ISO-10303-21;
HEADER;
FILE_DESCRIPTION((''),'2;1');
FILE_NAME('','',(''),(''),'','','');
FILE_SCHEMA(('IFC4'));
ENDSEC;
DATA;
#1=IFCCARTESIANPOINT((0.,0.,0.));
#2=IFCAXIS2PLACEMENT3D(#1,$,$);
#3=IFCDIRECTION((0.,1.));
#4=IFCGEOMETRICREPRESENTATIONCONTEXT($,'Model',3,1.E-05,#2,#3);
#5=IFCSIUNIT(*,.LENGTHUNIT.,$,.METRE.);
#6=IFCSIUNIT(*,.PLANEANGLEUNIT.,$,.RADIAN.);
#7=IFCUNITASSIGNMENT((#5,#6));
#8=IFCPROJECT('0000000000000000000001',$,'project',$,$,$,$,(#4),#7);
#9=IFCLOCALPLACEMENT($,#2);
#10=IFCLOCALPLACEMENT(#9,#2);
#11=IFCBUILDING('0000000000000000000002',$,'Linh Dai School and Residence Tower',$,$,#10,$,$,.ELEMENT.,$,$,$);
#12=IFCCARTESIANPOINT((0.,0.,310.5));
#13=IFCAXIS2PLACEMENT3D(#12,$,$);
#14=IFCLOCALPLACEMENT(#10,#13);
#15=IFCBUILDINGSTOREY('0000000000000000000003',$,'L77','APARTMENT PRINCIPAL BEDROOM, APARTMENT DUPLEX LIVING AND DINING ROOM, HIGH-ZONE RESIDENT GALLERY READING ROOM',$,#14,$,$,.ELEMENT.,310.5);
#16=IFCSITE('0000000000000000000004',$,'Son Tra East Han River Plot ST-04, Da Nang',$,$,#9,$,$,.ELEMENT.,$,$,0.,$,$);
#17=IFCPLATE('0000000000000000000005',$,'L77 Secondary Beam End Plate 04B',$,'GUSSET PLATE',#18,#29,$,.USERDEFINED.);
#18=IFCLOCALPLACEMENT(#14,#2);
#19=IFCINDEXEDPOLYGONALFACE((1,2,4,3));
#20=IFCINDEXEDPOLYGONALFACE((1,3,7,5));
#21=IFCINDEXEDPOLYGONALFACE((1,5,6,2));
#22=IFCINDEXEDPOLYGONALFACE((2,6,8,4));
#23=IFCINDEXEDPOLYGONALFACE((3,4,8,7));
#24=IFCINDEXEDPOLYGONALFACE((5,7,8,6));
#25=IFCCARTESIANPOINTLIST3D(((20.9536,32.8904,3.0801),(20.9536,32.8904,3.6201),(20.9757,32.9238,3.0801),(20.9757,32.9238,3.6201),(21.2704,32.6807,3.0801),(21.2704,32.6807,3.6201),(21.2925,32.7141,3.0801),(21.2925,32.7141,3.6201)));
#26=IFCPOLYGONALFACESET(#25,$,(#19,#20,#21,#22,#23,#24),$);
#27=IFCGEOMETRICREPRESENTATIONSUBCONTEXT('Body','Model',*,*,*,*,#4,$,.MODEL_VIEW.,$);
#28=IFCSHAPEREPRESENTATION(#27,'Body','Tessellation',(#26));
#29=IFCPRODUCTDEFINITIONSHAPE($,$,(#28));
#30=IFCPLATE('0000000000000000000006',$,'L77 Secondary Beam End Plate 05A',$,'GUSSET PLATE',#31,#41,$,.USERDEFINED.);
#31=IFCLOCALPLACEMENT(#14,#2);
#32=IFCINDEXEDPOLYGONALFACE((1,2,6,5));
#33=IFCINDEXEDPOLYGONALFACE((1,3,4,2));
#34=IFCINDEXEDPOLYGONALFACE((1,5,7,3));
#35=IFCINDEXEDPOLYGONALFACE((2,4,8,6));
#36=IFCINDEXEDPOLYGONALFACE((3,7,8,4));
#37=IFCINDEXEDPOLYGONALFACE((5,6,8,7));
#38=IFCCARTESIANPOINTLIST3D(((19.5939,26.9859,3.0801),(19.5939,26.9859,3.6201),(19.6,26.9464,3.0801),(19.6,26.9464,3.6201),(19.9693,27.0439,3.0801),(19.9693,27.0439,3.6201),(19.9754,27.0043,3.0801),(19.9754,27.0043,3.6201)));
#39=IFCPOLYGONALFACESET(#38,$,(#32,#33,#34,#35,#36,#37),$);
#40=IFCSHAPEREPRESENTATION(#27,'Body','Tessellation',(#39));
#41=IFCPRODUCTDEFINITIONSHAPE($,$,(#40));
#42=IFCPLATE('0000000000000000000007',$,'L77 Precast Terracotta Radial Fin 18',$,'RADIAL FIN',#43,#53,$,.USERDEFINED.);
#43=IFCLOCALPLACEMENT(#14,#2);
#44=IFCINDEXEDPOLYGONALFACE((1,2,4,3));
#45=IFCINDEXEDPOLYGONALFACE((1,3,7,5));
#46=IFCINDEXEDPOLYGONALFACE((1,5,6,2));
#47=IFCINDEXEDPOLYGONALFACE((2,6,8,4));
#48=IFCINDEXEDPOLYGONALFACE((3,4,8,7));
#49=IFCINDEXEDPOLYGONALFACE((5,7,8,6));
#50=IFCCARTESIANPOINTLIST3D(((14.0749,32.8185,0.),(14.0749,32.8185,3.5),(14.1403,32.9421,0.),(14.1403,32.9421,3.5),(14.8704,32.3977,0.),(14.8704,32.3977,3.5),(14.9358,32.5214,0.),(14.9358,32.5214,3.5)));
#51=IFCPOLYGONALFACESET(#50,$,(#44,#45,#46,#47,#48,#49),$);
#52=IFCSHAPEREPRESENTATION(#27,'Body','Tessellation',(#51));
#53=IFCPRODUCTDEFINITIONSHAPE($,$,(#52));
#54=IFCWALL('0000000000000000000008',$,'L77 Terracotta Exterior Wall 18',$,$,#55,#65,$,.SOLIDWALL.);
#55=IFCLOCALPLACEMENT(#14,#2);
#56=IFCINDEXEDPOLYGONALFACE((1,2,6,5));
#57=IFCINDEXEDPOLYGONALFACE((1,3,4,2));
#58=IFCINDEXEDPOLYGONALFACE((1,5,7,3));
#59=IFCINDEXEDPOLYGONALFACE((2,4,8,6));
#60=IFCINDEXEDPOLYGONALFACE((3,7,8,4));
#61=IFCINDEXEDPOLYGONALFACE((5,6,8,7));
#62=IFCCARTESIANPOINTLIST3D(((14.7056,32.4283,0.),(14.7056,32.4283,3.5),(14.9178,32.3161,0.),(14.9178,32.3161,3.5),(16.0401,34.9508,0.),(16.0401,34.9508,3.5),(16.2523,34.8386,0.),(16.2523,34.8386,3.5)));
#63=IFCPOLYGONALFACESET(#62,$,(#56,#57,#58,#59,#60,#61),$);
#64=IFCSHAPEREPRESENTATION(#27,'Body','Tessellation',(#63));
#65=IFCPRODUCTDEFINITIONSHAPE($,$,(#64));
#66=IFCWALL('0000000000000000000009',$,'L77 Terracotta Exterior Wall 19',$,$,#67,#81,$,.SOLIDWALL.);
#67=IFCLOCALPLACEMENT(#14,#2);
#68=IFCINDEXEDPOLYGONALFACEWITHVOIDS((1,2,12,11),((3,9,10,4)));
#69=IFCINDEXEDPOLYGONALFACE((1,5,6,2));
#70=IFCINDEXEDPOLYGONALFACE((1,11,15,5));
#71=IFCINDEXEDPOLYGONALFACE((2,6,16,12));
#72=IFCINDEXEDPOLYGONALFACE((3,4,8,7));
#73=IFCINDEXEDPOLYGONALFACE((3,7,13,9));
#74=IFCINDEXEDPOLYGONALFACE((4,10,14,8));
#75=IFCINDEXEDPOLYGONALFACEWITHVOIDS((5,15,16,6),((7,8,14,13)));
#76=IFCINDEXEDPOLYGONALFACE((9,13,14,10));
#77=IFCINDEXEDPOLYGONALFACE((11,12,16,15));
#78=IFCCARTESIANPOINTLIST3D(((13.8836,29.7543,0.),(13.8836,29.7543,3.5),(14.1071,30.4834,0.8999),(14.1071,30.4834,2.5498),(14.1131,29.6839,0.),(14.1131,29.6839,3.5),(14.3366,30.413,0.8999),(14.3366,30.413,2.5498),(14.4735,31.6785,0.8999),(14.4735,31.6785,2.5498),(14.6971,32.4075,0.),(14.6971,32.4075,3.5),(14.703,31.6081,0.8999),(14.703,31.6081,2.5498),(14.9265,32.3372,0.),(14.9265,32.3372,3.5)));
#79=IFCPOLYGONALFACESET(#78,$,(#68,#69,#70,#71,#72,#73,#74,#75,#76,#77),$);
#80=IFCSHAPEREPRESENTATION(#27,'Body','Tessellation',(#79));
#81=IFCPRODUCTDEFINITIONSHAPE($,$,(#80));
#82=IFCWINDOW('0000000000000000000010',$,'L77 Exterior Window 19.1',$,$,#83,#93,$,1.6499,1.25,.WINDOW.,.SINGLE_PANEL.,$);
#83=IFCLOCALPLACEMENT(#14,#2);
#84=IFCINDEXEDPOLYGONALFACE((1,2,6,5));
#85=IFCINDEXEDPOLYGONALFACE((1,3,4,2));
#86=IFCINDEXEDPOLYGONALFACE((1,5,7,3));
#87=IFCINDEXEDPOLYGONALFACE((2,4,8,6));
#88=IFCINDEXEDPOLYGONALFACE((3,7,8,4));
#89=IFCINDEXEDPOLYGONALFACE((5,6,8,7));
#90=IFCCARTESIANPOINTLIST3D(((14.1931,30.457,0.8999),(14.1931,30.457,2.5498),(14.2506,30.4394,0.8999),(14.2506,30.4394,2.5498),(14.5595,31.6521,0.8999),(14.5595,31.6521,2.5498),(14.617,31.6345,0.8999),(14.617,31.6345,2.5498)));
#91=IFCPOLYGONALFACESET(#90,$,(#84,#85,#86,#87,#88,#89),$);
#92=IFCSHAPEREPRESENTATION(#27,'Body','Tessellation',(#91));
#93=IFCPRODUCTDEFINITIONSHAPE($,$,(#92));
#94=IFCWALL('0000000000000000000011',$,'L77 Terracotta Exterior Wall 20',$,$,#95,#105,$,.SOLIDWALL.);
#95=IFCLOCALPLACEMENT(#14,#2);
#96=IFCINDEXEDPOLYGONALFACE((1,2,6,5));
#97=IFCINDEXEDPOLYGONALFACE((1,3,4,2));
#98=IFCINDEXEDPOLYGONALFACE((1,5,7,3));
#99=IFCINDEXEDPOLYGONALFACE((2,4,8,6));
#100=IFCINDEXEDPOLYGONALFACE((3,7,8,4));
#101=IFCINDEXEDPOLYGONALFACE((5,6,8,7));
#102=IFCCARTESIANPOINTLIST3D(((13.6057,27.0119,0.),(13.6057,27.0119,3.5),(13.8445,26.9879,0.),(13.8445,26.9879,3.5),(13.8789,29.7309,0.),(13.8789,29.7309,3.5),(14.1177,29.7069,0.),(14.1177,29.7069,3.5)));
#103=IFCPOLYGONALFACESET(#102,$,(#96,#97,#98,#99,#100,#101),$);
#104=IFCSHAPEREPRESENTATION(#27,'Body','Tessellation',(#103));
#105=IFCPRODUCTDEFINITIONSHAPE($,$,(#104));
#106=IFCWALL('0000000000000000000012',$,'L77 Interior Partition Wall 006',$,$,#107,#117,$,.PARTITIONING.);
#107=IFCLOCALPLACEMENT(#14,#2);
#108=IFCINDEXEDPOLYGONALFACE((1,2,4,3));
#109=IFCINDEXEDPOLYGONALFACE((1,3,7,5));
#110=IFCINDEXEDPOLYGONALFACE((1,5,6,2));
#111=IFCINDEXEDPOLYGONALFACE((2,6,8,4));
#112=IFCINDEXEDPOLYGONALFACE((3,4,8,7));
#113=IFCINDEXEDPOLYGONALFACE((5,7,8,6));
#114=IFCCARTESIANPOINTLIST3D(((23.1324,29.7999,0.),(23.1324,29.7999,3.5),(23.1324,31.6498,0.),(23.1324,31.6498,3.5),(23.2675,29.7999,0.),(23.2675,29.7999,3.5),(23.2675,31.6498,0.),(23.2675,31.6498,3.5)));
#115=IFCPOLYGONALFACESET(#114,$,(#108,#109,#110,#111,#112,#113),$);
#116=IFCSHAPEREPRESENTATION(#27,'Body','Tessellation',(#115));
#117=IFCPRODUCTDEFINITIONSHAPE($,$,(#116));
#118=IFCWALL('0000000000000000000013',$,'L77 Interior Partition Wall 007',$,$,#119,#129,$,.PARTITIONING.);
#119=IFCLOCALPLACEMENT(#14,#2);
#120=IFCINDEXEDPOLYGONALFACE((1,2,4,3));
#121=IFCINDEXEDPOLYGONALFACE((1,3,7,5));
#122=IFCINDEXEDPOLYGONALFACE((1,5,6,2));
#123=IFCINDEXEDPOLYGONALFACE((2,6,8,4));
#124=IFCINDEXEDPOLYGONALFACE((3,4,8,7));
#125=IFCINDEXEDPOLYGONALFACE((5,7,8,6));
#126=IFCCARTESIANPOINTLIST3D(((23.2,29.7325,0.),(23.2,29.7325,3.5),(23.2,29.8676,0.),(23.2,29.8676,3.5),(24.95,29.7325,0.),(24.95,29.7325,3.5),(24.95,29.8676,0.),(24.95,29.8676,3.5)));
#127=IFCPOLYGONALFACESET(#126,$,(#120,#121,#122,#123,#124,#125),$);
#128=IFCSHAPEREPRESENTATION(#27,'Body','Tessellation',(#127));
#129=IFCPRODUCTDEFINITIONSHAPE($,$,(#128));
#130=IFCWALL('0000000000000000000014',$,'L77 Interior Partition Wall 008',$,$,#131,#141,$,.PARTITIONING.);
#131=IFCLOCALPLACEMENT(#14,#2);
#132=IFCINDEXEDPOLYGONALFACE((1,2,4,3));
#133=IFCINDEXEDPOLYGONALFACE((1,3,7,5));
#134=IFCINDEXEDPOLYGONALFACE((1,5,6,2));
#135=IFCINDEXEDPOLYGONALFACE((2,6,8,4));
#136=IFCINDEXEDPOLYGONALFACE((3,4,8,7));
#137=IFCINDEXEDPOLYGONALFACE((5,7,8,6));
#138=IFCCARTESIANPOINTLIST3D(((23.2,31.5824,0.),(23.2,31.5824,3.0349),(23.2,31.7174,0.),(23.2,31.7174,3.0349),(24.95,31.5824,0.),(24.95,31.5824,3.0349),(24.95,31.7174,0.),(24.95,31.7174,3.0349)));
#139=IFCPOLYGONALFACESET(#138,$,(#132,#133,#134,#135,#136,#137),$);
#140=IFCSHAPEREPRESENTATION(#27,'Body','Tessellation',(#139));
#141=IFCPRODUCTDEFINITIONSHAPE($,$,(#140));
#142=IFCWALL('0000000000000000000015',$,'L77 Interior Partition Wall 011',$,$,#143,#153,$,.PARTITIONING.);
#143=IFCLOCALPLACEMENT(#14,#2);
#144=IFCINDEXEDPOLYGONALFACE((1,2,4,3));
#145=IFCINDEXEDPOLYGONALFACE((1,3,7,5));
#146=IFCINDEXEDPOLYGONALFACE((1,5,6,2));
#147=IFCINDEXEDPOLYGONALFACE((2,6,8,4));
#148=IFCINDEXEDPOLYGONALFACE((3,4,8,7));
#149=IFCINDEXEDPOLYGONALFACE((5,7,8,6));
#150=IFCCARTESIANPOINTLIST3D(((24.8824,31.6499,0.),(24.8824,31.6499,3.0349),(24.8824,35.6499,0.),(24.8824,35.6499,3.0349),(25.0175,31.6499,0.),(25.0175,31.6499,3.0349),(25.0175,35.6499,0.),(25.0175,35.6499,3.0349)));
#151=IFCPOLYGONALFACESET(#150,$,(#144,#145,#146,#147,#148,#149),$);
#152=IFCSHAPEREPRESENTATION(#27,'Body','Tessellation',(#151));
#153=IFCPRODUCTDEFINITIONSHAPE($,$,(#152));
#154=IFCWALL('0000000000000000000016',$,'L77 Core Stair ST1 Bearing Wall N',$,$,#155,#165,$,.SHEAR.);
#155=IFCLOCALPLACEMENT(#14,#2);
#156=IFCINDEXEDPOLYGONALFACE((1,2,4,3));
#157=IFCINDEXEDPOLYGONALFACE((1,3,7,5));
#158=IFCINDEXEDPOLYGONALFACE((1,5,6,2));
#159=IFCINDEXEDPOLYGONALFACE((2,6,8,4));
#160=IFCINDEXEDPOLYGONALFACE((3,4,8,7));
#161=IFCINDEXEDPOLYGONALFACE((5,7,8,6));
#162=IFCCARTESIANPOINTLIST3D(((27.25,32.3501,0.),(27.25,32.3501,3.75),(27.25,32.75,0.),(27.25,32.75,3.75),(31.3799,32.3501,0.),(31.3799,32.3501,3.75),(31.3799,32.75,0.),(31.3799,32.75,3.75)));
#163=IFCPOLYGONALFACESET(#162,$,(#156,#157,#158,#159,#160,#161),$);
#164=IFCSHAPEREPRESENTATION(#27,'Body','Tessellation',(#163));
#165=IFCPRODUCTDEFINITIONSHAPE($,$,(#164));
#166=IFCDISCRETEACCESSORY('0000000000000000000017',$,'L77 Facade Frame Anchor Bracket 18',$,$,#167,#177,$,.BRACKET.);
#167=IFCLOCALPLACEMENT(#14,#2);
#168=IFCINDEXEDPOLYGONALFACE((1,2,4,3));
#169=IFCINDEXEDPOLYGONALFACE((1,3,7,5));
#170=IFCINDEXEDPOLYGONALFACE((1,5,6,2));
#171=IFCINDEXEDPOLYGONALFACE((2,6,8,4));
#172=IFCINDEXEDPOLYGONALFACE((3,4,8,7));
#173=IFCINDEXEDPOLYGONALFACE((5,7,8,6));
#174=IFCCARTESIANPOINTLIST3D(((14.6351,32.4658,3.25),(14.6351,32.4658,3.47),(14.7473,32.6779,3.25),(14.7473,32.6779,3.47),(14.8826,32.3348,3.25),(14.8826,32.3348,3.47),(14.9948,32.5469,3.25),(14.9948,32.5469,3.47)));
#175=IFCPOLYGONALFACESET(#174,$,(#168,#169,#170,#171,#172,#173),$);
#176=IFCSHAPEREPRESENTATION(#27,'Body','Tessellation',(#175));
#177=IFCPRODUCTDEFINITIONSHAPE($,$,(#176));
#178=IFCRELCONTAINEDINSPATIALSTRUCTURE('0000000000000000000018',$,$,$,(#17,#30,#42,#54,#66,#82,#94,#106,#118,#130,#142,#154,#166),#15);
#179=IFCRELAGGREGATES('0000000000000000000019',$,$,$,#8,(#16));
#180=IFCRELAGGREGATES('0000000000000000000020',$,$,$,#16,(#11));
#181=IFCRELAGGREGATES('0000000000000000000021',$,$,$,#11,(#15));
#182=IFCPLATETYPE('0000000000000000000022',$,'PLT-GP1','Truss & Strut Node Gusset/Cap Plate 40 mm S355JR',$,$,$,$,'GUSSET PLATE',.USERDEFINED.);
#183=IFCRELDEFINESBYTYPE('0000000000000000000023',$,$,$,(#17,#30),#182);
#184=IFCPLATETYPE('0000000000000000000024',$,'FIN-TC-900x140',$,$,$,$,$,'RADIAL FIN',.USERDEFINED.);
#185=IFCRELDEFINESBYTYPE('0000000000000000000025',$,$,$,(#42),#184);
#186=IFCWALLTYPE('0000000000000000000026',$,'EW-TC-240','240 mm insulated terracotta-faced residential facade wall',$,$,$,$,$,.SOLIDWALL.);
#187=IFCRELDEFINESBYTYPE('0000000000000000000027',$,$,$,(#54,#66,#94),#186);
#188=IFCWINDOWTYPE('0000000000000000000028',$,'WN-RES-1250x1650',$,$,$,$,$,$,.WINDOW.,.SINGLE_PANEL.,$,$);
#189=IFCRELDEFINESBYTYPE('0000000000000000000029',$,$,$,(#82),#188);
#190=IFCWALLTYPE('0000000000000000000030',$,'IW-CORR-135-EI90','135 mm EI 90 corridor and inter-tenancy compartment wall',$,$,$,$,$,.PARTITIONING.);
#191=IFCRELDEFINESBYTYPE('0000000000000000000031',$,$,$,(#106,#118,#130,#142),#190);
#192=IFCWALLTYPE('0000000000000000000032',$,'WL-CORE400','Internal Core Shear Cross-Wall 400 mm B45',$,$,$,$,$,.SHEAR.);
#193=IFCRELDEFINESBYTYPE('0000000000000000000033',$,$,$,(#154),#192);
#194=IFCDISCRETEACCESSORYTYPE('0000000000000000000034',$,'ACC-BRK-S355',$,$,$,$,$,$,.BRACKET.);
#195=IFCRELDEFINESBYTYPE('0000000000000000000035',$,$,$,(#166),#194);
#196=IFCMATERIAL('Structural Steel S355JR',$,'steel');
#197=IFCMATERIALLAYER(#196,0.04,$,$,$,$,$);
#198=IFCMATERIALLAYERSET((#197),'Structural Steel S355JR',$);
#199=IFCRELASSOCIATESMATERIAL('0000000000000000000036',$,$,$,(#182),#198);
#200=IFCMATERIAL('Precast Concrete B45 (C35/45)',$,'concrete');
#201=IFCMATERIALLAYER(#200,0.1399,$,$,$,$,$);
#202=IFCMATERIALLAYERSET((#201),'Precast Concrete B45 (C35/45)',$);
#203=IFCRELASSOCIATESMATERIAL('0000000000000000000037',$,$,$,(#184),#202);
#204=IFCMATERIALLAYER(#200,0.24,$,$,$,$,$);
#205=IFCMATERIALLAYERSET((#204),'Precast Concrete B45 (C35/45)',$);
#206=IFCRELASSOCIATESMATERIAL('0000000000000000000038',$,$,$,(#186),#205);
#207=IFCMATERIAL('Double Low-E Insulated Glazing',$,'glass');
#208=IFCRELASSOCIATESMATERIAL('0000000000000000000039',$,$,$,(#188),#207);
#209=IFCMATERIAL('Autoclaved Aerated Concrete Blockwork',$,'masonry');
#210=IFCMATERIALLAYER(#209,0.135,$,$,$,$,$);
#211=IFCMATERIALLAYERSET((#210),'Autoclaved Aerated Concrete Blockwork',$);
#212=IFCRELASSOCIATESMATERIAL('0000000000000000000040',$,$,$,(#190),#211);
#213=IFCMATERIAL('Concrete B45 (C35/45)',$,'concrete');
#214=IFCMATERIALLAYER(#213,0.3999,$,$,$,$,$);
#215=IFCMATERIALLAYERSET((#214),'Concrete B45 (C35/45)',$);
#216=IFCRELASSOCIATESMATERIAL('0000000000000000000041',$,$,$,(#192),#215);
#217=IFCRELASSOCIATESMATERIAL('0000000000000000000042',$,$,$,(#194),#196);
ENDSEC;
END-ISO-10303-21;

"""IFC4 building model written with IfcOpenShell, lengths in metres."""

from ifc_helpers import new_model, si_unit, direction, frame, frame_2d, origin, origin_2d, place, context, subcontext, project, spatial, rectangle, extrude, source, transform, mapped, material, layer, layer_set, type_object, element, fill, save


model = new_model("IFC4")

# Units and contexts
model_context = context("Model", 3, precision=1e-05, world=origin(), true_north=direction((0.0, 1.0)))
body_context = subcontext(model_context, "Body", "Model", "MODEL_VIEW")
ifc_project = project(units=[si_unit("LENGTHUNIT", "METRE"), si_unit("PLANEANGLEUNIT", "RADIAN")], contexts=[model_context])

# Site, building, storey
site_placement = place(None, origin())
site = spatial("IfcSite", under=ifc_project, at=site_placement, Name="Son Tra East Han River Plot ST-04, Da Nang", CompositionType="ELEMENT", RefElevation=0.0)
building_placement = place(site_placement, origin())
building = spatial("IfcBuilding", under=site, at=building_placement, Name="Linh Dai School and Residence Tower", CompositionType="ELEMENT")
storey_placement = place(building_placement, frame((0.0, 0.0, 310.5)))
storey = spatial("IfcBuildingStorey", under=building, at=storey_placement, Name="L77", Description="APARTMENT PRINCIPAL BEDROOM, APARTMENT DUPLEX LIVING AND DINING ROOM, HIGH-ZONE RESIDENT GALLERY READING ROOM", CompositionType="ELEMENT", Elevation=310.5)

# Shared definitions
ifc_material_1 = material(Name="Concrete B45 (C35/45)", Category="concrete")
ifc_material_2 = material(Name="Structural Steel S355JR", Category="steel")

# Plates
ifc_layer_1 = layer(ifc_material_2, 0.04)
ifc_layer_set_1 = layer_set([ifc_layer_1], Name="Structural Steel S355JR")
plate_type_1 = type_object("IfcPlateType", Name="PLT-GP1", Description="Truss & Strut Node Gusset/Cap Plate 40 mm S355JR", ElementType="GUSSET PLATE", PredefinedType="USERDEFINED", material=ifc_layer_set_1)
shared_shape_1 = source(origin(), body_context, "Body", "SweptSolid", [
    extrude(rectangle(XDim=0.04, YDim=0.3799, at=origin_2d()), origin(), (0.0, 0.0, 1.0), 0.54),
])
for number, where, z_axis, x_axis, name in (
    (1, (21.123, 32.8022, 3.0801), (0.0, 0.0, 1.0), (-0.552122, -0.833763, 0.0), "L77 Secondary Beam End Plate 04B"),
    (2, (19.7847, 26.9951, 3.0801), (0.0, 0.0, 1.0), (0.152474, -0.988308, 0.0), "L77 Secondary Beam End Plate 05A"),
):
    element("IfcPlate", number, at=place(storey_placement, frame(where, z_axis=z_axis, x_axis=x_axis)), inside=storey, type_object=plate_type_1, Name=name, ObjectType="GUSSET PLATE", PredefinedType="USERDEFINED", context=body_context, shape_type="MappedRepresentation", body=[
        mapped(shared_shape_1, transform((0.0, 0.0, 0.0), x_axis=(1.0, 0.0, 0.0), y_axis=(0.0, 1.0, 0.0), z_axis=(0.0, 0.0, 1.0), scale=1.0)),
    ])
ifc_material_3 = material(Name="Precast Concrete B45 (C35/45)", Category="concrete")
ifc_layer_2 = layer(ifc_material_3, 0.1399)
ifc_layer_set_2 = layer_set([ifc_layer_2], Name="Precast Concrete B45 (C35/45)")
plate_type_2 = type_object("IfcPlateType", Name="FIN-TC-900x140", ElementType="RADIAL FIN", PredefinedType="USERDEFINED", material=ifc_layer_set_2)
shared_shape_2 = source(origin(), body_context, "Body", "SweptSolid", [
    extrude(rectangle(XDim=0.8999, YDim=0.1399, at=origin_2d()), origin(), (0.0, 0.0, 1.0), 3.5),
])
plate_placement = place(storey_placement, frame((14.5054, 32.6699, 0.0), z_axis=(0.0, 0.0, 1.0), x_axis=(-0.883938, 0.467604, 0.0)))
element("IfcPlate", 3, at=plate_placement, inside=storey, type_object=plate_type_2, Name="L77 Precast Terracotta Radial Fin 18", ObjectType="RADIAL FIN", PredefinedType="USERDEFINED", context=body_context, shape_type="MappedRepresentation", body=[
    mapped(shared_shape_2, transform((0.0, 0.0, 0.0), x_axis=(1.0, 0.0, 0.0), y_axis=(0.0, 1.0, 0.0), z_axis=(0.0, 0.0, 1.0), scale=1.0)),
])

# Wall
ifc_layer_3 = layer(ifc_material_3, 0.24)
ifc_layer_set_3 = layer_set([ifc_layer_3], Name="Precast Concrete B45 (C35/45)")
wall_type_1 = type_object("IfcWallType", Name="EW-TC-240", Description="240 mm insulated terracotta-faced residential facade wall", PredefinedType="SOLIDWALL", material=ifc_layer_set_3)
wall_1_placement = place(storey_placement, frame((14.8118, 32.3723, 0.0), z_axis=(0.0, 0.0, 1.0), x_axis=(0.467628, 0.883925, 0.0)))
element("IfcWall", 4, at=wall_1_placement, inside=storey, type_object=wall_type_1, Name="L77 Terracotta Exterior Wall 18", PredefinedType="SOLIDWALL", context=body_context, shape_type="SweptSolid", body=[
    extrude(rectangle(XDim=2.8538, YDim=0.24, at=frame_2d((1.4268, 0.0))), origin(), (0.0, 0.0, 1.0), 3.5),
])

# Wall, opening, window
wall_2_placement = place(storey_placement, frame((13.9983, 29.719, 0.0), z_axis=(0.0, 0.0, 1.0), x_axis=(0.293121, 0.956075, 0.0)))
wall_2 = element("IfcWall", 5, at=wall_2_placement, inside=storey, type_object=wall_type_1, Name="L77 Terracotta Exterior Wall 19", PredefinedType="SOLIDWALL", context=body_context, shape_type="SweptSolid", body=[
    extrude(rectangle(XDim=2.7751, YDim=0.24, at=frame_2d((1.3877, 0.0))), origin(), (0.0, 0.0, 1.0), 3.5),
])
opening_placement = place(wall_2_placement, frame((0.7627, 0.0, 0.8999)))
opening = element("IfcOpeningElement", 6, at=opening_placement, cuts=wall_2, PredefinedType="OPENING", context=body_context, shape_type="SweptSolid", body=[
    extrude(rectangle(XDim=1.25, YDim=1.6499, at=origin_2d()), frame((0.625, 0.1299, 0.825), z_axis=(0.0, -1.0, 0.0), x_axis=(1.0, 0.0, 0.0)), (0.0, 0.0, 1.0), 0.26),
])
ifc_material_4 = material(Name="Double Low-E Insulated Glazing", Category="glass")
window_type = type_object("IfcWindowType", Name="WN-RES-1250x1650", PartitioningType="SINGLE_PANEL", PredefinedType="WINDOW", material=ifc_material_4)
shared_shape_3 = source(origin(), body_context, "Body", "SweptSolid", [
    extrude(rectangle(XDim=1.25, YDim=1.6499, at=origin_2d()), frame((0.625, 0.03, 0.825), z_axis=(0.0, -1.0, 0.0), x_axis=(1.0, 0.0, 0.0)), (0.0, 0.0, 1.0), 0.0601),
])
window_placement = place(opening_placement, origin())
window = element("IfcWindow", 7, at=window_placement, inside=storey, type_object=window_type, Name="L77 Exterior Window 19.1", OverallHeight=1.6499, OverallWidth=1.25, PartitioningType="SINGLE_PANEL", PredefinedType="WINDOW", context=body_context, shape_type="MappedRepresentation", body=[
    mapped(shared_shape_3, transform((0.0, 0.0, 0.0), x_axis=(1.0, 0.0, 0.0), y_axis=(0.0, 1.0, 0.0), z_axis=(0.0, 0.0, 1.0), scale=1.0)),
])
fill(opening, window)

# Walls
wall_3_placement = place(storey_placement, frame((13.7251, 27.0, 0.0), z_axis=(0.0, 0.0, 1.0), x_axis=(0.099973, 0.99499, 0.0)))
element("IfcWall", 8, at=wall_3_placement, inside=storey, type_object=wall_type_1, Name="L77 Terracotta Exterior Wall 20", PredefinedType="SOLIDWALL", context=body_context, shape_type="SweptSolid", body=[
    extrude(rectangle(XDim=2.7327, YDim=0.24, at=frame_2d((1.3662, 0.0))), origin(), (0.0, 0.0, 1.0), 3.5),
])
ifc_material_5 = material(Name="Autoclaved Aerated Concrete Blockwork", Category="masonry")
ifc_layer_4 = layer(ifc_material_5, 0.135)
ifc_layer_set_4 = layer_set([ifc_layer_4], Name="Autoclaved Aerated Concrete Blockwork")
wall_type_2 = type_object("IfcWallType", Name="IW-CORR-135-EI90", Description="135 mm EI 90 corridor and inter-tenancy compartment wall", PredefinedType="PARTITIONING", material=ifc_layer_set_4)
wall_4_placement = place(storey_placement, frame((23.2, 29.8, 0.0), z_axis=(0.0, 0.0, 1.0), x_axis=(0.0, 1.0, 0.0)))
element("IfcWall", 9, at=wall_4_placement, inside=storey, type_object=wall_type_2, Name="L77 Interior Partition Wall 006", PredefinedType="PARTITIONING", context=body_context, shape_type="SweptSolid", body=[
    extrude(rectangle(XDim=1.8499, YDim=0.135, at=frame_2d((0.9248, 0.0))), origin(), (0.0, 0.0, 1.0), 3.5),
])
wall_5_placement = place(storey_placement, frame((23.2, 29.8, 0.0), z_axis=(0.0, 0.0, 1.0), x_axis=(1.0, 0.0, 0.0)))
element("IfcWall", 10, at=wall_5_placement, inside=storey, type_object=wall_type_2, Name="L77 Interior Partition Wall 007", PredefinedType="PARTITIONING", context=body_context, shape_type="SweptSolid", body=[
    extrude(rectangle(XDim=1.75, YDim=0.135, at=frame_2d((0.875, 0.0))), origin(), (0.0, 0.0, 1.0), 3.5),
])
wall_6_placement = place(storey_placement, frame((23.2, 31.6499, 0.0), z_axis=(0.0, 0.0, 1.0), x_axis=(1.0, 0.0, 0.0)))
element("IfcWall", 11, at=wall_6_placement, inside=storey, type_object=wall_type_2, Name="L77 Interior Partition Wall 008", PredefinedType="PARTITIONING", context=body_context, shape_type="SweptSolid", body=[
    extrude(rectangle(XDim=1.75, YDim=0.135, at=frame_2d((0.875, 0.0))), origin(), (0.0, 0.0, 1.0), 3.0349),
])
wall_7_placement = place(storey_placement, frame((24.95, 31.6499, 0.0), z_axis=(0.0, 0.0, 1.0), x_axis=(0.0, 1.0, 0.0)))
element("IfcWall", 12, at=wall_7_placement, inside=storey, type_object=wall_type_2, Name="L77 Interior Partition Wall 011", PredefinedType="PARTITIONING", context=body_context, shape_type="SweptSolid", body=[
    extrude(rectangle(XDim=4.0, YDim=0.135, at=frame_2d((2.0, 0.0))), origin(), (0.0, 0.0, 1.0), 3.0349),
])
ifc_layer_5 = layer(ifc_material_1, 0.3999)
ifc_layer_set_5 = layer_set([ifc_layer_5], Name="Concrete B45 (C35/45)")
wall_type_3 = type_object("IfcWallType", Name="WL-CORE400", Description="Internal Core Shear Cross-Wall 400 mm B45", PredefinedType="SHEAR", material=ifc_layer_set_5)
wall_8_placement = place(storey_placement, frame((27.25, 32.55, 0.0), z_axis=(0.0, 0.0, 1.0), x_axis=(1.0, 0.0, 0.0)))
element("IfcWall", 13, at=wall_8_placement, inside=storey, type_object=wall_type_3, Name="L77 Core Stair ST1 Bearing Wall N", PredefinedType="SHEAR", context=body_context, shape_type="SweptSolid", body=[
    extrude(rectangle(XDim=4.1299, YDim=0.3999, at=frame_2d((2.0649, 0.0))), origin(), (0.0, 0.0, 1.0), 3.75),
])

# Discrete accessory
discrete_accessory_type = type_object("IfcDiscreteAccessoryType", Name="ACC-BRK-S355", PredefinedType="BRACKET", material=ifc_material_2)
shared_shape_4 = source(origin(), body_context, "Body", "SweptSolid", [
    extrude(rectangle(XDim=0.28, YDim=0.24, at=origin_2d()), origin(), (0.0, 0.0, 1.0), 0.22),
])
discrete_accessory_placement = place(storey_placement, frame((14.8149, 32.5063, 3.25), z_axis=(0.0, 0.0, 1.0), x_axis=(-0.883938, 0.467604, 0.0)))
element("IfcDiscreteAccessory", 14, at=discrete_accessory_placement, inside=storey, type_object=discrete_accessory_type, Name="L77 Facade Frame Anchor Bracket 18", PredefinedType="BRACKET", context=body_context, shape_type="MappedRepresentation", body=[
    mapped(shared_shape_4, transform((0.0, 0.0, 0.0), x_axis=(1.0, 0.0, 0.0), y_axis=(0.0, 1.0, 0.0), z_axis=(0.0, 0.0, 1.0), scale=1.0)),
])

save(model, "model.ifc")
